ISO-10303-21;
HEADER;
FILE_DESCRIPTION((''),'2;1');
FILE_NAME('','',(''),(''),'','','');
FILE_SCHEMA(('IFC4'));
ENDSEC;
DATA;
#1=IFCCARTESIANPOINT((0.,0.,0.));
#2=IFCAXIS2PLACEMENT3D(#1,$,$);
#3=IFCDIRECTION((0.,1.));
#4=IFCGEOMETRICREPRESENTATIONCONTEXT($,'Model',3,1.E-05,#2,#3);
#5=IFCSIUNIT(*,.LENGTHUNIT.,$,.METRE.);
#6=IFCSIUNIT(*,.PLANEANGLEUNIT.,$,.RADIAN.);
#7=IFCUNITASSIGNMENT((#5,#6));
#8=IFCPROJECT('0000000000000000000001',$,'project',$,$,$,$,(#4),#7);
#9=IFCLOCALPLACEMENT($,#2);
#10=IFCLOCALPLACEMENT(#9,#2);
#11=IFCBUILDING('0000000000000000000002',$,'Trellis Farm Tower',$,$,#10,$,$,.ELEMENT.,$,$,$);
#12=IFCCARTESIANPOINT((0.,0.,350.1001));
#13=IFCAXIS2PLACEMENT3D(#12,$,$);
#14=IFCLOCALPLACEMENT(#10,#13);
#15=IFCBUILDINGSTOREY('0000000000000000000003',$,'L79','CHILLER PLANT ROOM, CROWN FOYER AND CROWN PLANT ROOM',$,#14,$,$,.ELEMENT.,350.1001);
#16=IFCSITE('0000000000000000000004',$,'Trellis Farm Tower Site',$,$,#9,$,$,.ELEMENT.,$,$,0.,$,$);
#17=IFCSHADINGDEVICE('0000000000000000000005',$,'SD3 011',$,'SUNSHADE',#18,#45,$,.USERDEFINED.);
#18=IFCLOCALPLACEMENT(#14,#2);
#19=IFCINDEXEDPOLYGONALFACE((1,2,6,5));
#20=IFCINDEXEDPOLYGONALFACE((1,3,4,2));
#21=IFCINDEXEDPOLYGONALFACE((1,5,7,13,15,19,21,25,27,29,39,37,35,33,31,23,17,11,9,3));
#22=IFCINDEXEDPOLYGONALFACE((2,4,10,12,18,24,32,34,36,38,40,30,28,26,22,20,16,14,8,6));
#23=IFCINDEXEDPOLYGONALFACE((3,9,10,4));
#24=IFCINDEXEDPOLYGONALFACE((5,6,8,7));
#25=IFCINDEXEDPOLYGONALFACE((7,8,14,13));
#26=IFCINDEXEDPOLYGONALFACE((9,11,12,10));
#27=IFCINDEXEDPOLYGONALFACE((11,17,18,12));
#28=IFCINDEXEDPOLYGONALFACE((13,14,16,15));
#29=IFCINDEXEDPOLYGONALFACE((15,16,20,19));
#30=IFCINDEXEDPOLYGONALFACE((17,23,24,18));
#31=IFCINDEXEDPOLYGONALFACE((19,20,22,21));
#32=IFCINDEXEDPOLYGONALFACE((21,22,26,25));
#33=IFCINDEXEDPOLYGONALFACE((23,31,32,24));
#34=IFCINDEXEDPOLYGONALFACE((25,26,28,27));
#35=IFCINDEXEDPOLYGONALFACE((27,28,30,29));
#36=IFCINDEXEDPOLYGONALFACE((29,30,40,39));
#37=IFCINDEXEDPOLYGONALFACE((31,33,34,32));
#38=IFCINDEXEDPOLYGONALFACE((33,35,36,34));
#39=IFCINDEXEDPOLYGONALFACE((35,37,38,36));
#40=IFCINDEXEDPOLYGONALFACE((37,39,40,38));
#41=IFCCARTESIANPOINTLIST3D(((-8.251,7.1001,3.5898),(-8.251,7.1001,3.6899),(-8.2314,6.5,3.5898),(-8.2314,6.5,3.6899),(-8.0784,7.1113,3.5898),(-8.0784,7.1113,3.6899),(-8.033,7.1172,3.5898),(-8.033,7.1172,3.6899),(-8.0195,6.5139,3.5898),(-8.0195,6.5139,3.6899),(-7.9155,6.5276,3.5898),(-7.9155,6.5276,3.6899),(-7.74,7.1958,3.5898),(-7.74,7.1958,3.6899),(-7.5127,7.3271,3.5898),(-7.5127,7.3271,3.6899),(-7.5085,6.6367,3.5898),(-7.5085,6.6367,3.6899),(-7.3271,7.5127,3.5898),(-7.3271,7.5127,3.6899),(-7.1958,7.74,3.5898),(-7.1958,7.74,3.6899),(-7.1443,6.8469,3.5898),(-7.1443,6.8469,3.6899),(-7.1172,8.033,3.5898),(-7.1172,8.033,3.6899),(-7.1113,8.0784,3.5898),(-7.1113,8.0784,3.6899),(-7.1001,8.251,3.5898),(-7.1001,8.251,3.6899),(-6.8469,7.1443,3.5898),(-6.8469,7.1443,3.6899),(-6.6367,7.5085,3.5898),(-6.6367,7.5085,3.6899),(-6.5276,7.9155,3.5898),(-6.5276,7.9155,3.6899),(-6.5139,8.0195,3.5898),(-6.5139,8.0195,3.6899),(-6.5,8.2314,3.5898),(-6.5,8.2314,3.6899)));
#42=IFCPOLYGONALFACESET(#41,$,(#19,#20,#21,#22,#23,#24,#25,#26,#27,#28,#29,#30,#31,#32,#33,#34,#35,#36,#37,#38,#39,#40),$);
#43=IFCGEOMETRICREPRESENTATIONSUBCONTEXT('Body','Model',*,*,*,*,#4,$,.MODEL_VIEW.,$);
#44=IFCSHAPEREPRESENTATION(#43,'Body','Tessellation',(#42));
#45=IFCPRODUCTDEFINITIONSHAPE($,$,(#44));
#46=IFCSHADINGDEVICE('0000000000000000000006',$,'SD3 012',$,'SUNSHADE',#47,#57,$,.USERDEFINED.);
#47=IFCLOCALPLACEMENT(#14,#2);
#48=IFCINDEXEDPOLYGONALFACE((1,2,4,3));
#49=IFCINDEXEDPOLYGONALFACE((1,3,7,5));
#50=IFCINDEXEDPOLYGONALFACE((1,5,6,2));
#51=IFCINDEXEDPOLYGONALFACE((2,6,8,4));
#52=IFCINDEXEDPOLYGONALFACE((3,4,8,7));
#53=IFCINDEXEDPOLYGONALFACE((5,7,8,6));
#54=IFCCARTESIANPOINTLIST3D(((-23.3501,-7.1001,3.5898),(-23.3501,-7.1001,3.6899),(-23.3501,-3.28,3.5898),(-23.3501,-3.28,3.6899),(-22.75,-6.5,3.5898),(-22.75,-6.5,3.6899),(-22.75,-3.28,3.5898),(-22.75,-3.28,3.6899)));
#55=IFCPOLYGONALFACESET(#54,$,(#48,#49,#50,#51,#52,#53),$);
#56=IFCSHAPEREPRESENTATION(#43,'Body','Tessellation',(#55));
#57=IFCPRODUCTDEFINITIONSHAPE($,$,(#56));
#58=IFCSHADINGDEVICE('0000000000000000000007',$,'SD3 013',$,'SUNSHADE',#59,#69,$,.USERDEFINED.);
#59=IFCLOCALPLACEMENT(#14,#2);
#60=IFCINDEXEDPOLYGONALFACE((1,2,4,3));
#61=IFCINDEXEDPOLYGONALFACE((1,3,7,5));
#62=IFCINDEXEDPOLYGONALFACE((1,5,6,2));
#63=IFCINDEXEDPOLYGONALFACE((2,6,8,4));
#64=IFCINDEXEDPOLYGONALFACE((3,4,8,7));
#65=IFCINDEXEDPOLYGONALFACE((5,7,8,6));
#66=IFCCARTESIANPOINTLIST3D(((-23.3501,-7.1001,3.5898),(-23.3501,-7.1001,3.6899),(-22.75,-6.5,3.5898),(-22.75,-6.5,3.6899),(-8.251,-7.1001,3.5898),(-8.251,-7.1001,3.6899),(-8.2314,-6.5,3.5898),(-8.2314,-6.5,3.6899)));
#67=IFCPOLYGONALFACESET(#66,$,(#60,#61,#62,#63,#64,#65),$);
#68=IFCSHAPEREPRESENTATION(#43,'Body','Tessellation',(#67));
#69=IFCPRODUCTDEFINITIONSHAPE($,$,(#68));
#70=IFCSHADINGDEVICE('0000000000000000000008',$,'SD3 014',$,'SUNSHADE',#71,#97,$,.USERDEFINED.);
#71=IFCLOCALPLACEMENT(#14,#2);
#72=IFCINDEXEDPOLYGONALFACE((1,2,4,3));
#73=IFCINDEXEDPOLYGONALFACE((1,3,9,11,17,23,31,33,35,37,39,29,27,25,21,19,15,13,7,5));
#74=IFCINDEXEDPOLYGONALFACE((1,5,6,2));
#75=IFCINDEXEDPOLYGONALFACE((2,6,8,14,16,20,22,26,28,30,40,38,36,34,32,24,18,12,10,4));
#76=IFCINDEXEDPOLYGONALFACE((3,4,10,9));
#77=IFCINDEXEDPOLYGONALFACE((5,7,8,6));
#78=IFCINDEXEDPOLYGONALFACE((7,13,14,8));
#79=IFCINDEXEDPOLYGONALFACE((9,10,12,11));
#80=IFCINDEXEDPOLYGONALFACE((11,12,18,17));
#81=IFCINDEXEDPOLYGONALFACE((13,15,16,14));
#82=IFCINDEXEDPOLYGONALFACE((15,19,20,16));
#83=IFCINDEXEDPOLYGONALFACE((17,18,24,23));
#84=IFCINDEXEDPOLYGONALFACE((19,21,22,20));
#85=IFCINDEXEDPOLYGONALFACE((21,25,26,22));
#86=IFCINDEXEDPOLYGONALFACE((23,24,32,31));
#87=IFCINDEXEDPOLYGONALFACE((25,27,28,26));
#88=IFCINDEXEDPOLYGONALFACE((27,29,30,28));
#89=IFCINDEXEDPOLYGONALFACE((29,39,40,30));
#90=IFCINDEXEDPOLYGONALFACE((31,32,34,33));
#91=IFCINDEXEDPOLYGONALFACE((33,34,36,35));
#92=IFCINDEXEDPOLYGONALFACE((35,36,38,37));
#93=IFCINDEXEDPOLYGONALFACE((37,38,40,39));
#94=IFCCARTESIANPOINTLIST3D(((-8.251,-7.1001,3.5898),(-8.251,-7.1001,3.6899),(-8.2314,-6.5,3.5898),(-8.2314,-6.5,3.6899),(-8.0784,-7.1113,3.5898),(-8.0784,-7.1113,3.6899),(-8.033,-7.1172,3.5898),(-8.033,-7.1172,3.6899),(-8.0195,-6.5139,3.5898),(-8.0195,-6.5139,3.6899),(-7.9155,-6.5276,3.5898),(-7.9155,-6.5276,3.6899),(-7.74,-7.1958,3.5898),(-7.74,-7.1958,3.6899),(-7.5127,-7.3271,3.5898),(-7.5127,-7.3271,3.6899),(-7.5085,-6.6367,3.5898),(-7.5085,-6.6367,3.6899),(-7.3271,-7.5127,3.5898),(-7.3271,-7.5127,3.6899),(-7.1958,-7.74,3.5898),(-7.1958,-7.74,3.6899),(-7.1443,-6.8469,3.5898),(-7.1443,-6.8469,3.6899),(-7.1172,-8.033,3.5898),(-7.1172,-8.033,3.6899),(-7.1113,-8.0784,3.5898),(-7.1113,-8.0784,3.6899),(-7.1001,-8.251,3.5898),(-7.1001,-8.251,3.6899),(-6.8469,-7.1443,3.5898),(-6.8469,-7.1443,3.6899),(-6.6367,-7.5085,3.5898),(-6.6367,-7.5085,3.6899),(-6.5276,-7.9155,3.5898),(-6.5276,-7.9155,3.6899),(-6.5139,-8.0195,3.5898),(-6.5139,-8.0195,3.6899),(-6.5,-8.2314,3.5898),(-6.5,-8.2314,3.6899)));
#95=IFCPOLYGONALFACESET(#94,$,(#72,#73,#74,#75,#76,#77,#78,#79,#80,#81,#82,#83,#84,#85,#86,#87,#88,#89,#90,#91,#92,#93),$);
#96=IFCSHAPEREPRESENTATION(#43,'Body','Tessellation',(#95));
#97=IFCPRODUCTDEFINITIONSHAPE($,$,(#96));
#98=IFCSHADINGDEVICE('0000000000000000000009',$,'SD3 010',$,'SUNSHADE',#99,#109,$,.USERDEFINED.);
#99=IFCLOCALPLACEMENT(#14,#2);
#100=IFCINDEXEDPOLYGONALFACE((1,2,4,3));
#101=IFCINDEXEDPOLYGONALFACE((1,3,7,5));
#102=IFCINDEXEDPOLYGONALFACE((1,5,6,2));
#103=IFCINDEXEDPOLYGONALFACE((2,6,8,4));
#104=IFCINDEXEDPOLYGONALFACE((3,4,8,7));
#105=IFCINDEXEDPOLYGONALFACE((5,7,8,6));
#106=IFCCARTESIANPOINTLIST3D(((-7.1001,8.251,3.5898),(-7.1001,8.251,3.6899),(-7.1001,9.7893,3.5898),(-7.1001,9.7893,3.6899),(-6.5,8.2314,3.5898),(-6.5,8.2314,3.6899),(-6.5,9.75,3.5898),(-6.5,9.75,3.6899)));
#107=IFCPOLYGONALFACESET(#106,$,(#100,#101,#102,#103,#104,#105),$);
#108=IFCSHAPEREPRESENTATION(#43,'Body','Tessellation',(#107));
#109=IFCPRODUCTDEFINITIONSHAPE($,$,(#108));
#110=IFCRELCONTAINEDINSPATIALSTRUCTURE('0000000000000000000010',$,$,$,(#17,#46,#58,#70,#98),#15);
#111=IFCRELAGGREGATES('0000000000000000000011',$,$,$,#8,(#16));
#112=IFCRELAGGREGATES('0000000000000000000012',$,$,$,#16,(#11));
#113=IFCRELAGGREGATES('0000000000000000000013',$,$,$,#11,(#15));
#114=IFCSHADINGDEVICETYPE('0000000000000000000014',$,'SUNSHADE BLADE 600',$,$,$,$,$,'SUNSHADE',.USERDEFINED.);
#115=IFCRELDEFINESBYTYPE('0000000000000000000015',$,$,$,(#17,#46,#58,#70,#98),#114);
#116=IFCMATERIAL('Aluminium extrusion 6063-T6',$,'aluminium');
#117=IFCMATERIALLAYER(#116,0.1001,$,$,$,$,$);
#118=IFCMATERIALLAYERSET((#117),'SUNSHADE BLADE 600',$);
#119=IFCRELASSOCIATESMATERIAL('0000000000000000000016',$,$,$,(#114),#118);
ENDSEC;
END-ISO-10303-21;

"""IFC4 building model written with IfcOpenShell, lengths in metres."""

from ifc_helpers import new_model, si_unit, direction, frame, origin, place, context, subcontext, project, spatial, polyline, outline, extrude, source, transform, mapped, material, layer, layer_set, type_object, element, save


model = new_model("IFC4")

# Units and contexts
model_context = context("Model", 3, precision=1e-05, world=origin(), true_north=direction((0.0, 1.0)))
body_context = subcontext(model_context, "Body", "Model", "MODEL_VIEW")
ifc_project = project(units=[si_unit("LENGTHUNIT", "METRE"), si_unit("PLANEANGLEUNIT", "RADIAN")], contexts=[model_context])

# Site, building, storey
site_placement = place(None, origin())
site = spatial("IfcSite", under=ifc_project, at=site_placement, Name="Trellis Farm Tower Site", CompositionType="ELEMENT", RefElevation=0.0)
building_placement = place(site_placement, origin())
building = spatial("IfcBuilding", under=site, at=building_placement, Name="Trellis Farm Tower", CompositionType="ELEMENT")
storey_placement = place(building_placement, frame((0.0, 0.0, 350.1001)))
storey = spatial("IfcBuildingStorey", under=building, at=storey_placement, Name="L79", Description="CHILLER PLANT ROOM, CROWN FOYER AND CROWN PLANT ROOM", CompositionType="ELEMENT", Elevation=350.1001)

# Shared definitions
ifc_material_1 = material(Name="Aluminium extrusion 6063-T6", Category="aluminium")

# Shading devices
ifc_layer_1 = layer(ifc_material_1, 0.1001)
ifc_layer_set_1 = layer_set([ifc_layer_1], Name="SUNSHADE BLADE 600")
shading_device_type = type_object("IfcShadingDeviceType", Name="SUNSHADE BLADE 600", ElementType="SUNSHADE", PredefinedType="USERDEFINED", material=ifc_layer_set_1)
shared_shape_1 = source(origin(), body_context, "Body", "SweptSolid", [
    extrude(outline(polyline([(-7.1001, 8.251), (-7.1113, 8.0784), (-7.1172, 8.033), (-7.1958, 7.74), (-7.3271, 7.5127), (-7.5127, 7.3271), (-7.74, 7.1958), (-8.033, 7.1172), (-8.0784, 7.1113), (-8.251, 7.1001), (-8.2314, 6.5), (-8.0195, 6.5139), (-7.9155, 6.5276), (-7.5085, 6.6367), (-7.1443, 6.8469), (-6.8469, 7.1443), (-6.6367, 7.5085), (-6.5276, 7.9155), (-6.5139, 8.0195), (-6.5, 8.2314), (-7.1001, 8.251)])), origin(), (0.0, 0.0, 1.0), 0.1001),
])
placement_1 = place(storey_placement, frame((0.0, 0.0, 3.5898)))
element("IfcShadingDevice", 1, at=placement_1, inside=storey, type_object=shading_device_type, Name="SD3 011", ObjectType="SUNSHADE", PredefinedType="USERDEFINED", context=body_context, shape_type="MappedRepresentation", body=[
    mapped(shared_shape_1, transform((0.0, 0.0, 0.0))),
])
shared_shape_2 = source(origin(), body_context, "Body", "SweptSolid", [
    extrude(outline(polyline([(-23.3501, -3.28), (-23.3501, -7.1001), (-22.75, -6.5), (-22.75, -3.28), (-23.3501, -3.28)])), origin(), (0.0, 0.0, 1.0), 0.1001),
])
element("IfcShadingDevice", 2, at=placement_1, inside=storey, type_object=shading_device_type, Name="SD3 012", ObjectType="SUNSHADE", PredefinedType="USERDEFINED", context=body_context, shape_type="MappedRepresentation", body=[
    mapped(shared_shape_2, transform((0.0, 0.0, 0.0))),
])
shared_shape_3 = source(origin(), body_context, "Body", "SweptSolid", [
    extrude(outline(polyline([(-23.3501, -7.1001), (-8.251, -7.1001), (-8.2314, -6.5), (-22.75, -6.5), (-23.3501, -7.1001)])), origin(), (0.0, 0.0, 1.0), 0.1001),
])
element("IfcShadingDevice", 3, at=placement_1, inside=storey, type_object=shading_device_type, Name="SD3 013", ObjectType="SUNSHADE", PredefinedType="USERDEFINED", context=body_context, shape_type="MappedRepresentation", body=[
    mapped(shared_shape_3, transform((0.0, 0.0, 0.0))),
])
shared_shape_4 = source(origin(), body_context, "Body", "SweptSolid", [
    extrude(outline(polyline([(-8.251, -7.1001), (-8.0784, -7.1113), (-8.033, -7.1172), (-7.74, -7.1958), (-7.5127, -7.3271), (-7.3271, -7.5127), (-7.1958, -7.74), (-7.1172, -8.033), (-7.1113, -8.0784), (-7.1001, -8.251), (-6.5, -8.2314), (-6.5139, -8.0195), (-6.5276, -7.9155), (-6.6367, -7.5085), (-6.8469, -7.1443), (-7.1443, -6.8469), (-7.5085, -6.6367), (-7.9155, -6.5276), (-8.0195, -6.5139), (-8.2314, -6.5), (-8.251, -7.1001)])), origin(), (0.0, 0.0, 1.0), 0.1001),
])
element("IfcShadingDevice", 4, at=placement_1, inside=storey, type_object=shading_device_type, Name="SD3 014", ObjectType="SUNSHADE", PredefinedType="USERDEFINED", context=body_context, shape_type="MappedRepresentation", body=[
    mapped(shared_shape_4, transform((0.0, 0.0, 0.0))),
])
shared_shape_5 = source(origin(), body_context, "Body", "SweptSolid", [
    extrude(outline(polyline([(-7.1001, 9.7893), (-7.1001, 8.251), (-6.5, 8.2314), (-6.5, 9.75), (-7.1001, 9.7893)])), origin(), (0.0, 0.0, 1.0), 0.1001),
])
element("IfcShadingDevice", 5, at=placement_1, inside=storey, type_object=shading_device_type, Name="SD3 010", ObjectType="SUNSHADE", PredefinedType="USERDEFINED", context=body_context, shape_type="MappedRepresentation", body=[
    mapped(shared_shape_5, transform((0.0, 0.0, 0.0))),
])

save(model, "model.ifc")
